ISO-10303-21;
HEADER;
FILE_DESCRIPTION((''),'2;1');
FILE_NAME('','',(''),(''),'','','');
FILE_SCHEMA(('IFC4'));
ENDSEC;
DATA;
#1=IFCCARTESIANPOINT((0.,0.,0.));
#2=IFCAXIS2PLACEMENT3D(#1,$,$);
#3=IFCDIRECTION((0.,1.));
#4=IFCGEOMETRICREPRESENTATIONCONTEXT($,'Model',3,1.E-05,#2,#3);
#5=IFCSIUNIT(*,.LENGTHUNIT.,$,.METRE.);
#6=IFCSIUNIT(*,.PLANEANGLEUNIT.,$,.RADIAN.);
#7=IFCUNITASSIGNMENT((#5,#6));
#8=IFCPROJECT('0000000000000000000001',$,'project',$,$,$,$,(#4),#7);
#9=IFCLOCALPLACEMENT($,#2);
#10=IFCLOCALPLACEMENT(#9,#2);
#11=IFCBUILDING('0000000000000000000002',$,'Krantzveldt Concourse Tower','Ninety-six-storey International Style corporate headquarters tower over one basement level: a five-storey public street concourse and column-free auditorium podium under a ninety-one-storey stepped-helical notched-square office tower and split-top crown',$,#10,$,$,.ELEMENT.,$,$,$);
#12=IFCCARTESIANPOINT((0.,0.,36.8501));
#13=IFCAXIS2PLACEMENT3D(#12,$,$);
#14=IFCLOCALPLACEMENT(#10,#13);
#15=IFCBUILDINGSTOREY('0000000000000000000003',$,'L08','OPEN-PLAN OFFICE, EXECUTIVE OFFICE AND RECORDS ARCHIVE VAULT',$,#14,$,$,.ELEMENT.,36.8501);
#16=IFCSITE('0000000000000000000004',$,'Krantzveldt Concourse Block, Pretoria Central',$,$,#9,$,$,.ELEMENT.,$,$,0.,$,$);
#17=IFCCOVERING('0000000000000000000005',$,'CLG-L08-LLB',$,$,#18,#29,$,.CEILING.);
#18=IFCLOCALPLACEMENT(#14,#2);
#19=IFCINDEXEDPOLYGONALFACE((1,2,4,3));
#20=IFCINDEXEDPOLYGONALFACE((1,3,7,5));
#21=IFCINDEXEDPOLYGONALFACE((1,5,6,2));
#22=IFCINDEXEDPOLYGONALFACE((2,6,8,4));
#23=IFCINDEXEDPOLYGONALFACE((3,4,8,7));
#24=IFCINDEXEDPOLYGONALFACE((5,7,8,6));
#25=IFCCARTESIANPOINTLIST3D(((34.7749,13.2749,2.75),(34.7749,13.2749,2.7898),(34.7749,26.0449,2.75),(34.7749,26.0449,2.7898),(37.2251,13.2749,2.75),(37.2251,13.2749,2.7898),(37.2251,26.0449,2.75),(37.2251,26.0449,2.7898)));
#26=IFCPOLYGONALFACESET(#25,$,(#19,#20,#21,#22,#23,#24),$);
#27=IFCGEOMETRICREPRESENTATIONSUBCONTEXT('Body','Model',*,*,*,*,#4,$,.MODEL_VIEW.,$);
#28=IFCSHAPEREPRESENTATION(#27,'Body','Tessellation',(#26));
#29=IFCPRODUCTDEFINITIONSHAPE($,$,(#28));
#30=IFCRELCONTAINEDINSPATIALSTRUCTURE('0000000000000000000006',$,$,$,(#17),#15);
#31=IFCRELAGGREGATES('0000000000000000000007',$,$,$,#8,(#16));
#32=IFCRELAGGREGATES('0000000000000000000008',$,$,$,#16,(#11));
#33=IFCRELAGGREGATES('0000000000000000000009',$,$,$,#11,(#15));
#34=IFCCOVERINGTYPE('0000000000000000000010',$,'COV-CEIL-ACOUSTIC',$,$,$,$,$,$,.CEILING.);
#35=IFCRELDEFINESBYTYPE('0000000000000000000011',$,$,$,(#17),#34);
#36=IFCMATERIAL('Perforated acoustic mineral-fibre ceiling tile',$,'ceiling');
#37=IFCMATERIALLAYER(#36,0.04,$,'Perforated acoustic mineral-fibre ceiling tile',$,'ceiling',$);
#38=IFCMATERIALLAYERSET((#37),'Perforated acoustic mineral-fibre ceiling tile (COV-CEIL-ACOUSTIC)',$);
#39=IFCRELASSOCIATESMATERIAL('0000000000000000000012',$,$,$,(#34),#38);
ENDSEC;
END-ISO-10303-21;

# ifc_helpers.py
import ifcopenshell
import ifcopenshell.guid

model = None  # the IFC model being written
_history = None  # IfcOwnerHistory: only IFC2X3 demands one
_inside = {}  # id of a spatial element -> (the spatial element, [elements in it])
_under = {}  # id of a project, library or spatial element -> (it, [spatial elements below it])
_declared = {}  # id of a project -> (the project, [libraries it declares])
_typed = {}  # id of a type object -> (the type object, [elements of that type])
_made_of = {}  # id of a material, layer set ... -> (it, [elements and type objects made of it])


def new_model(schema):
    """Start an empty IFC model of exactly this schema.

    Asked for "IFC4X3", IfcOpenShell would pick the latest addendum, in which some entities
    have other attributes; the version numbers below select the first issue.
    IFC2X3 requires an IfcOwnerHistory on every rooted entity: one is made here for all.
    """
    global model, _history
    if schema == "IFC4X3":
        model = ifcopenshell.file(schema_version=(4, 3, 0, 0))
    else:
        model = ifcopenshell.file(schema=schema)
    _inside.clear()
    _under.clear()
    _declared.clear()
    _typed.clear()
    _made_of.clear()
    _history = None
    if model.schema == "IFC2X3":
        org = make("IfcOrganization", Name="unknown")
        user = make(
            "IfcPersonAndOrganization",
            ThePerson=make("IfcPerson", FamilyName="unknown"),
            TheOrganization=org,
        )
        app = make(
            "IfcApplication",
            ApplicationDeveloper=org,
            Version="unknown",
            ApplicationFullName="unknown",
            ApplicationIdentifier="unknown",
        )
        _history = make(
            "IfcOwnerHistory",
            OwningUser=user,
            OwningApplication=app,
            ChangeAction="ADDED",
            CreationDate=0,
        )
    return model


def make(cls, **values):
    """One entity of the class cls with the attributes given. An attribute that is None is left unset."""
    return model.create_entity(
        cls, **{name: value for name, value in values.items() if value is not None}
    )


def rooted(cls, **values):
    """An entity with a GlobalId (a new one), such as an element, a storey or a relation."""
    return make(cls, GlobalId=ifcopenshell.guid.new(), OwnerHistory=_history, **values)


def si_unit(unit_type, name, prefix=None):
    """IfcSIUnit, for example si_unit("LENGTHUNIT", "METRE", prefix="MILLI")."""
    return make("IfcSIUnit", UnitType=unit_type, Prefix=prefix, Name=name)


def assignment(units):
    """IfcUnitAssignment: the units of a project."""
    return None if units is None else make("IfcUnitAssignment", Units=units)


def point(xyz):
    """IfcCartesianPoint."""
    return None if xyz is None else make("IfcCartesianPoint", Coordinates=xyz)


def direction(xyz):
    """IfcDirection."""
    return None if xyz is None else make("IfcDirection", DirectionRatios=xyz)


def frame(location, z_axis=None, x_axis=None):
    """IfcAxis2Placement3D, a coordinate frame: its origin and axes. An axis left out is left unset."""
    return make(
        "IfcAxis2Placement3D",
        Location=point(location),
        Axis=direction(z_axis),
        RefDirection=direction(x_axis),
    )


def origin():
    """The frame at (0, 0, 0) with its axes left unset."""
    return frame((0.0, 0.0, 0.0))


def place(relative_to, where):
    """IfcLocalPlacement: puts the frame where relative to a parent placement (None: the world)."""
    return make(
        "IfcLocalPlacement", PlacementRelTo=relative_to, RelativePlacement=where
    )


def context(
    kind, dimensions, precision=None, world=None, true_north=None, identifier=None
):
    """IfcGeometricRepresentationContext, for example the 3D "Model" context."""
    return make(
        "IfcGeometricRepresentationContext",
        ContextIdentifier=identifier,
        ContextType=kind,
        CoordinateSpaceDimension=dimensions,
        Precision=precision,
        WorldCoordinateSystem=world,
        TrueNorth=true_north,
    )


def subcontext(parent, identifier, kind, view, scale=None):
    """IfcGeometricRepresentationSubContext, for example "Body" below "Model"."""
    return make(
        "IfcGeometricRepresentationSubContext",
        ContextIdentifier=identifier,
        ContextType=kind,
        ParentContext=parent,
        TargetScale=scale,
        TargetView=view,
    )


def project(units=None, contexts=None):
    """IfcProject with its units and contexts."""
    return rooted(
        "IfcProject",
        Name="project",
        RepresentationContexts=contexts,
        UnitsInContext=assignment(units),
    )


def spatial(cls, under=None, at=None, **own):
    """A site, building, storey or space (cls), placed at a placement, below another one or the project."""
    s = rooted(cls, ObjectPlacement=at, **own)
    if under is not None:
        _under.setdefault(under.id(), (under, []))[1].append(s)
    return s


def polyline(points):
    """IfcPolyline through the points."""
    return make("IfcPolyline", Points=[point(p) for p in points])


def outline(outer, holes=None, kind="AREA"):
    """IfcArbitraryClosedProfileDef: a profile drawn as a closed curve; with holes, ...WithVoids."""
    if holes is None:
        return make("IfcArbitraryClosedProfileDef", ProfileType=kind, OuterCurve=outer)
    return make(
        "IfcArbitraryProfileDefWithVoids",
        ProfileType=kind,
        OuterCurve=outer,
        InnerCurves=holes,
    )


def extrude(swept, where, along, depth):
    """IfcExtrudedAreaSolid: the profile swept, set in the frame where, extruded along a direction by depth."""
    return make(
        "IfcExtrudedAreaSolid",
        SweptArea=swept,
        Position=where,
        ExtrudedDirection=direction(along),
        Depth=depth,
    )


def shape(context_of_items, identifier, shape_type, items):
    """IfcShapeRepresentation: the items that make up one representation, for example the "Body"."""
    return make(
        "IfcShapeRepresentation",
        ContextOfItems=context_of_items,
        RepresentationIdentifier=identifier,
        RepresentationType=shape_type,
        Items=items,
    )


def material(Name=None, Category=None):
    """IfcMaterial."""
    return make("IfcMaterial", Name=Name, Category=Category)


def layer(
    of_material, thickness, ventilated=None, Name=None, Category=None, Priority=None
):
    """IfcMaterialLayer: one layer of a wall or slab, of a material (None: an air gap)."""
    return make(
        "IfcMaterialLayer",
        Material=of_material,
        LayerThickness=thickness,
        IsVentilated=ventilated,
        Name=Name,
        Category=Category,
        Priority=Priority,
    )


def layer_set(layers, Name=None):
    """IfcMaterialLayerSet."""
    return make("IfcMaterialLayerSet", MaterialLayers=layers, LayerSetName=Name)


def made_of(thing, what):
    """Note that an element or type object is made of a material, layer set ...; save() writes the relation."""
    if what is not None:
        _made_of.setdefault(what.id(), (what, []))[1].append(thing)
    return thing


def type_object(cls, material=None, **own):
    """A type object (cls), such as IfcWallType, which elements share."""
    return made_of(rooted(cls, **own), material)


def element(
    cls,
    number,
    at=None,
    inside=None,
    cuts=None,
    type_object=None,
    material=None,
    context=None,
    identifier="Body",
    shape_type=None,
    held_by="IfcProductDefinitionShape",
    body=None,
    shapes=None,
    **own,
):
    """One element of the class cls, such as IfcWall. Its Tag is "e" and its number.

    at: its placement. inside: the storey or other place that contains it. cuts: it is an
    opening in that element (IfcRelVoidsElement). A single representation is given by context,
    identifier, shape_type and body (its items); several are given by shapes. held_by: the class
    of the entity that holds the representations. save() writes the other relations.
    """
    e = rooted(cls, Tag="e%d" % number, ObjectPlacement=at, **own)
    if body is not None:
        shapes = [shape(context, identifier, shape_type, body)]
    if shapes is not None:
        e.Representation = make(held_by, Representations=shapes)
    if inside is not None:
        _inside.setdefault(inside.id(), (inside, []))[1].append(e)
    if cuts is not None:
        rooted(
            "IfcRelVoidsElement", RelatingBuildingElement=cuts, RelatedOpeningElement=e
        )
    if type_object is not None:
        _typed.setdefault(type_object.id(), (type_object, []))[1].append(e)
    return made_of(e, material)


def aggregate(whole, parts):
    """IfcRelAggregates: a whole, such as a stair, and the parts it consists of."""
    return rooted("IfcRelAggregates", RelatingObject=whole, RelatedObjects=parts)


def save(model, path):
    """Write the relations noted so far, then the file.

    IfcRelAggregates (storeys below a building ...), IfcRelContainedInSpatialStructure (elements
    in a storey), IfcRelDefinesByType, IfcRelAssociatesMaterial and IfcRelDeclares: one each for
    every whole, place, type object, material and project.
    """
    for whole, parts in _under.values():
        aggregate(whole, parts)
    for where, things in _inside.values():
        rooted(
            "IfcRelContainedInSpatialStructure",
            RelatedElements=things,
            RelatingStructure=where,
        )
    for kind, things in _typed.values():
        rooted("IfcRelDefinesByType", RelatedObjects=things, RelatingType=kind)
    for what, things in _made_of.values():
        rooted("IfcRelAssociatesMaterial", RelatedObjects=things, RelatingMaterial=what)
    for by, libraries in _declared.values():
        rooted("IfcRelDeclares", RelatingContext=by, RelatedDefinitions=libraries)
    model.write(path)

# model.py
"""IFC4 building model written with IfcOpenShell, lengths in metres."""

from ifc_helpers import new_model, si_unit, direction, frame, origin, place, context, subcontext, project, spatial, polyline, outline, extrude, material, layer, layer_set, type_object, element, save


model = new_model("IFC4")

# Units and contexts
model_context = context("Model", 3, precision=1e-05, world=origin(), true_north=direction((0.0, 1.0)))
body_context = subcontext(model_context, "Body", "Model", "MODEL_VIEW")
ifc_project = project(units=[si_unit("LENGTHUNIT", "METRE"), si_unit("PLANEANGLEUNIT", "RADIAN")], contexts=[model_context])

# Site, building, storey
site_placement = place(None, origin())
site = spatial("IfcSite", under=ifc_project, at=site_placement, Name="Krantzveldt Concourse Block, Pretoria Central", CompositionType="ELEMENT", RefElevation=0.0)
building_placement = place(site_placement, origin())
building = spatial("IfcBuilding", under=site, at=building_placement, Name="Krantzveldt Concourse Tower", Description="Ninety-six-storey International Style corporate headquarters tower over one basement level: a five-storey public street concourse and column-free auditorium podium under a ninety-one-storey stepped-helical notched-square office tower and split-top crown", CompositionType="ELEMENT")
storey_placement = place(building_placement, frame((0.0, 0.0, 36.8501)))
storey = spatial("IfcBuildingStorey", under=building, at=storey_placement, Name="L08", Description="OPEN-PLAN OFFICE, EXECUTIVE OFFICE AND RECORDS ARCHIVE VAULT", CompositionType="ELEMENT", Elevation=36.8501)

# Covering
ifc_material_1 = material(Name="Perforated acoustic mineral-fibre ceiling tile", Category="ceiling")
ifc_layer_1 = layer(ifc_material_1, 0.04, Name="Perforated acoustic mineral-fibre ceiling tile", Category="ceiling")
ifc_layer_set_1 = layer_set([ifc_layer_1], Name="Perforated acoustic mineral-fibre ceiling tile (COV-CEIL-ACOUSTIC)")
covering_type = type_object("IfcCoveringType", Name="COV-CEIL-ACOUSTIC", PredefinedType="CEILING", material=ifc_layer_set_1)
covering_placement = place(storey_placement, frame((0.0, 0.0, 2.75)))
element("IfcCovering", 1, at=covering_placement, inside=storey, type_object=covering_type, Name="CLG-L08-LLB", PredefinedType="CEILING", context=body_context, shape_type="SweptSolid", body=[
    extrude(outline(polyline([(37.2251, 13.2749), (34.7749, 13.2749), (34.7749, 26.0449), (37.2251, 26.0449), (37.2251, 13.2749)])), origin(), (0.0, 0.0, 1.0), 0.0398),
])

save(model, "model.ifc")
